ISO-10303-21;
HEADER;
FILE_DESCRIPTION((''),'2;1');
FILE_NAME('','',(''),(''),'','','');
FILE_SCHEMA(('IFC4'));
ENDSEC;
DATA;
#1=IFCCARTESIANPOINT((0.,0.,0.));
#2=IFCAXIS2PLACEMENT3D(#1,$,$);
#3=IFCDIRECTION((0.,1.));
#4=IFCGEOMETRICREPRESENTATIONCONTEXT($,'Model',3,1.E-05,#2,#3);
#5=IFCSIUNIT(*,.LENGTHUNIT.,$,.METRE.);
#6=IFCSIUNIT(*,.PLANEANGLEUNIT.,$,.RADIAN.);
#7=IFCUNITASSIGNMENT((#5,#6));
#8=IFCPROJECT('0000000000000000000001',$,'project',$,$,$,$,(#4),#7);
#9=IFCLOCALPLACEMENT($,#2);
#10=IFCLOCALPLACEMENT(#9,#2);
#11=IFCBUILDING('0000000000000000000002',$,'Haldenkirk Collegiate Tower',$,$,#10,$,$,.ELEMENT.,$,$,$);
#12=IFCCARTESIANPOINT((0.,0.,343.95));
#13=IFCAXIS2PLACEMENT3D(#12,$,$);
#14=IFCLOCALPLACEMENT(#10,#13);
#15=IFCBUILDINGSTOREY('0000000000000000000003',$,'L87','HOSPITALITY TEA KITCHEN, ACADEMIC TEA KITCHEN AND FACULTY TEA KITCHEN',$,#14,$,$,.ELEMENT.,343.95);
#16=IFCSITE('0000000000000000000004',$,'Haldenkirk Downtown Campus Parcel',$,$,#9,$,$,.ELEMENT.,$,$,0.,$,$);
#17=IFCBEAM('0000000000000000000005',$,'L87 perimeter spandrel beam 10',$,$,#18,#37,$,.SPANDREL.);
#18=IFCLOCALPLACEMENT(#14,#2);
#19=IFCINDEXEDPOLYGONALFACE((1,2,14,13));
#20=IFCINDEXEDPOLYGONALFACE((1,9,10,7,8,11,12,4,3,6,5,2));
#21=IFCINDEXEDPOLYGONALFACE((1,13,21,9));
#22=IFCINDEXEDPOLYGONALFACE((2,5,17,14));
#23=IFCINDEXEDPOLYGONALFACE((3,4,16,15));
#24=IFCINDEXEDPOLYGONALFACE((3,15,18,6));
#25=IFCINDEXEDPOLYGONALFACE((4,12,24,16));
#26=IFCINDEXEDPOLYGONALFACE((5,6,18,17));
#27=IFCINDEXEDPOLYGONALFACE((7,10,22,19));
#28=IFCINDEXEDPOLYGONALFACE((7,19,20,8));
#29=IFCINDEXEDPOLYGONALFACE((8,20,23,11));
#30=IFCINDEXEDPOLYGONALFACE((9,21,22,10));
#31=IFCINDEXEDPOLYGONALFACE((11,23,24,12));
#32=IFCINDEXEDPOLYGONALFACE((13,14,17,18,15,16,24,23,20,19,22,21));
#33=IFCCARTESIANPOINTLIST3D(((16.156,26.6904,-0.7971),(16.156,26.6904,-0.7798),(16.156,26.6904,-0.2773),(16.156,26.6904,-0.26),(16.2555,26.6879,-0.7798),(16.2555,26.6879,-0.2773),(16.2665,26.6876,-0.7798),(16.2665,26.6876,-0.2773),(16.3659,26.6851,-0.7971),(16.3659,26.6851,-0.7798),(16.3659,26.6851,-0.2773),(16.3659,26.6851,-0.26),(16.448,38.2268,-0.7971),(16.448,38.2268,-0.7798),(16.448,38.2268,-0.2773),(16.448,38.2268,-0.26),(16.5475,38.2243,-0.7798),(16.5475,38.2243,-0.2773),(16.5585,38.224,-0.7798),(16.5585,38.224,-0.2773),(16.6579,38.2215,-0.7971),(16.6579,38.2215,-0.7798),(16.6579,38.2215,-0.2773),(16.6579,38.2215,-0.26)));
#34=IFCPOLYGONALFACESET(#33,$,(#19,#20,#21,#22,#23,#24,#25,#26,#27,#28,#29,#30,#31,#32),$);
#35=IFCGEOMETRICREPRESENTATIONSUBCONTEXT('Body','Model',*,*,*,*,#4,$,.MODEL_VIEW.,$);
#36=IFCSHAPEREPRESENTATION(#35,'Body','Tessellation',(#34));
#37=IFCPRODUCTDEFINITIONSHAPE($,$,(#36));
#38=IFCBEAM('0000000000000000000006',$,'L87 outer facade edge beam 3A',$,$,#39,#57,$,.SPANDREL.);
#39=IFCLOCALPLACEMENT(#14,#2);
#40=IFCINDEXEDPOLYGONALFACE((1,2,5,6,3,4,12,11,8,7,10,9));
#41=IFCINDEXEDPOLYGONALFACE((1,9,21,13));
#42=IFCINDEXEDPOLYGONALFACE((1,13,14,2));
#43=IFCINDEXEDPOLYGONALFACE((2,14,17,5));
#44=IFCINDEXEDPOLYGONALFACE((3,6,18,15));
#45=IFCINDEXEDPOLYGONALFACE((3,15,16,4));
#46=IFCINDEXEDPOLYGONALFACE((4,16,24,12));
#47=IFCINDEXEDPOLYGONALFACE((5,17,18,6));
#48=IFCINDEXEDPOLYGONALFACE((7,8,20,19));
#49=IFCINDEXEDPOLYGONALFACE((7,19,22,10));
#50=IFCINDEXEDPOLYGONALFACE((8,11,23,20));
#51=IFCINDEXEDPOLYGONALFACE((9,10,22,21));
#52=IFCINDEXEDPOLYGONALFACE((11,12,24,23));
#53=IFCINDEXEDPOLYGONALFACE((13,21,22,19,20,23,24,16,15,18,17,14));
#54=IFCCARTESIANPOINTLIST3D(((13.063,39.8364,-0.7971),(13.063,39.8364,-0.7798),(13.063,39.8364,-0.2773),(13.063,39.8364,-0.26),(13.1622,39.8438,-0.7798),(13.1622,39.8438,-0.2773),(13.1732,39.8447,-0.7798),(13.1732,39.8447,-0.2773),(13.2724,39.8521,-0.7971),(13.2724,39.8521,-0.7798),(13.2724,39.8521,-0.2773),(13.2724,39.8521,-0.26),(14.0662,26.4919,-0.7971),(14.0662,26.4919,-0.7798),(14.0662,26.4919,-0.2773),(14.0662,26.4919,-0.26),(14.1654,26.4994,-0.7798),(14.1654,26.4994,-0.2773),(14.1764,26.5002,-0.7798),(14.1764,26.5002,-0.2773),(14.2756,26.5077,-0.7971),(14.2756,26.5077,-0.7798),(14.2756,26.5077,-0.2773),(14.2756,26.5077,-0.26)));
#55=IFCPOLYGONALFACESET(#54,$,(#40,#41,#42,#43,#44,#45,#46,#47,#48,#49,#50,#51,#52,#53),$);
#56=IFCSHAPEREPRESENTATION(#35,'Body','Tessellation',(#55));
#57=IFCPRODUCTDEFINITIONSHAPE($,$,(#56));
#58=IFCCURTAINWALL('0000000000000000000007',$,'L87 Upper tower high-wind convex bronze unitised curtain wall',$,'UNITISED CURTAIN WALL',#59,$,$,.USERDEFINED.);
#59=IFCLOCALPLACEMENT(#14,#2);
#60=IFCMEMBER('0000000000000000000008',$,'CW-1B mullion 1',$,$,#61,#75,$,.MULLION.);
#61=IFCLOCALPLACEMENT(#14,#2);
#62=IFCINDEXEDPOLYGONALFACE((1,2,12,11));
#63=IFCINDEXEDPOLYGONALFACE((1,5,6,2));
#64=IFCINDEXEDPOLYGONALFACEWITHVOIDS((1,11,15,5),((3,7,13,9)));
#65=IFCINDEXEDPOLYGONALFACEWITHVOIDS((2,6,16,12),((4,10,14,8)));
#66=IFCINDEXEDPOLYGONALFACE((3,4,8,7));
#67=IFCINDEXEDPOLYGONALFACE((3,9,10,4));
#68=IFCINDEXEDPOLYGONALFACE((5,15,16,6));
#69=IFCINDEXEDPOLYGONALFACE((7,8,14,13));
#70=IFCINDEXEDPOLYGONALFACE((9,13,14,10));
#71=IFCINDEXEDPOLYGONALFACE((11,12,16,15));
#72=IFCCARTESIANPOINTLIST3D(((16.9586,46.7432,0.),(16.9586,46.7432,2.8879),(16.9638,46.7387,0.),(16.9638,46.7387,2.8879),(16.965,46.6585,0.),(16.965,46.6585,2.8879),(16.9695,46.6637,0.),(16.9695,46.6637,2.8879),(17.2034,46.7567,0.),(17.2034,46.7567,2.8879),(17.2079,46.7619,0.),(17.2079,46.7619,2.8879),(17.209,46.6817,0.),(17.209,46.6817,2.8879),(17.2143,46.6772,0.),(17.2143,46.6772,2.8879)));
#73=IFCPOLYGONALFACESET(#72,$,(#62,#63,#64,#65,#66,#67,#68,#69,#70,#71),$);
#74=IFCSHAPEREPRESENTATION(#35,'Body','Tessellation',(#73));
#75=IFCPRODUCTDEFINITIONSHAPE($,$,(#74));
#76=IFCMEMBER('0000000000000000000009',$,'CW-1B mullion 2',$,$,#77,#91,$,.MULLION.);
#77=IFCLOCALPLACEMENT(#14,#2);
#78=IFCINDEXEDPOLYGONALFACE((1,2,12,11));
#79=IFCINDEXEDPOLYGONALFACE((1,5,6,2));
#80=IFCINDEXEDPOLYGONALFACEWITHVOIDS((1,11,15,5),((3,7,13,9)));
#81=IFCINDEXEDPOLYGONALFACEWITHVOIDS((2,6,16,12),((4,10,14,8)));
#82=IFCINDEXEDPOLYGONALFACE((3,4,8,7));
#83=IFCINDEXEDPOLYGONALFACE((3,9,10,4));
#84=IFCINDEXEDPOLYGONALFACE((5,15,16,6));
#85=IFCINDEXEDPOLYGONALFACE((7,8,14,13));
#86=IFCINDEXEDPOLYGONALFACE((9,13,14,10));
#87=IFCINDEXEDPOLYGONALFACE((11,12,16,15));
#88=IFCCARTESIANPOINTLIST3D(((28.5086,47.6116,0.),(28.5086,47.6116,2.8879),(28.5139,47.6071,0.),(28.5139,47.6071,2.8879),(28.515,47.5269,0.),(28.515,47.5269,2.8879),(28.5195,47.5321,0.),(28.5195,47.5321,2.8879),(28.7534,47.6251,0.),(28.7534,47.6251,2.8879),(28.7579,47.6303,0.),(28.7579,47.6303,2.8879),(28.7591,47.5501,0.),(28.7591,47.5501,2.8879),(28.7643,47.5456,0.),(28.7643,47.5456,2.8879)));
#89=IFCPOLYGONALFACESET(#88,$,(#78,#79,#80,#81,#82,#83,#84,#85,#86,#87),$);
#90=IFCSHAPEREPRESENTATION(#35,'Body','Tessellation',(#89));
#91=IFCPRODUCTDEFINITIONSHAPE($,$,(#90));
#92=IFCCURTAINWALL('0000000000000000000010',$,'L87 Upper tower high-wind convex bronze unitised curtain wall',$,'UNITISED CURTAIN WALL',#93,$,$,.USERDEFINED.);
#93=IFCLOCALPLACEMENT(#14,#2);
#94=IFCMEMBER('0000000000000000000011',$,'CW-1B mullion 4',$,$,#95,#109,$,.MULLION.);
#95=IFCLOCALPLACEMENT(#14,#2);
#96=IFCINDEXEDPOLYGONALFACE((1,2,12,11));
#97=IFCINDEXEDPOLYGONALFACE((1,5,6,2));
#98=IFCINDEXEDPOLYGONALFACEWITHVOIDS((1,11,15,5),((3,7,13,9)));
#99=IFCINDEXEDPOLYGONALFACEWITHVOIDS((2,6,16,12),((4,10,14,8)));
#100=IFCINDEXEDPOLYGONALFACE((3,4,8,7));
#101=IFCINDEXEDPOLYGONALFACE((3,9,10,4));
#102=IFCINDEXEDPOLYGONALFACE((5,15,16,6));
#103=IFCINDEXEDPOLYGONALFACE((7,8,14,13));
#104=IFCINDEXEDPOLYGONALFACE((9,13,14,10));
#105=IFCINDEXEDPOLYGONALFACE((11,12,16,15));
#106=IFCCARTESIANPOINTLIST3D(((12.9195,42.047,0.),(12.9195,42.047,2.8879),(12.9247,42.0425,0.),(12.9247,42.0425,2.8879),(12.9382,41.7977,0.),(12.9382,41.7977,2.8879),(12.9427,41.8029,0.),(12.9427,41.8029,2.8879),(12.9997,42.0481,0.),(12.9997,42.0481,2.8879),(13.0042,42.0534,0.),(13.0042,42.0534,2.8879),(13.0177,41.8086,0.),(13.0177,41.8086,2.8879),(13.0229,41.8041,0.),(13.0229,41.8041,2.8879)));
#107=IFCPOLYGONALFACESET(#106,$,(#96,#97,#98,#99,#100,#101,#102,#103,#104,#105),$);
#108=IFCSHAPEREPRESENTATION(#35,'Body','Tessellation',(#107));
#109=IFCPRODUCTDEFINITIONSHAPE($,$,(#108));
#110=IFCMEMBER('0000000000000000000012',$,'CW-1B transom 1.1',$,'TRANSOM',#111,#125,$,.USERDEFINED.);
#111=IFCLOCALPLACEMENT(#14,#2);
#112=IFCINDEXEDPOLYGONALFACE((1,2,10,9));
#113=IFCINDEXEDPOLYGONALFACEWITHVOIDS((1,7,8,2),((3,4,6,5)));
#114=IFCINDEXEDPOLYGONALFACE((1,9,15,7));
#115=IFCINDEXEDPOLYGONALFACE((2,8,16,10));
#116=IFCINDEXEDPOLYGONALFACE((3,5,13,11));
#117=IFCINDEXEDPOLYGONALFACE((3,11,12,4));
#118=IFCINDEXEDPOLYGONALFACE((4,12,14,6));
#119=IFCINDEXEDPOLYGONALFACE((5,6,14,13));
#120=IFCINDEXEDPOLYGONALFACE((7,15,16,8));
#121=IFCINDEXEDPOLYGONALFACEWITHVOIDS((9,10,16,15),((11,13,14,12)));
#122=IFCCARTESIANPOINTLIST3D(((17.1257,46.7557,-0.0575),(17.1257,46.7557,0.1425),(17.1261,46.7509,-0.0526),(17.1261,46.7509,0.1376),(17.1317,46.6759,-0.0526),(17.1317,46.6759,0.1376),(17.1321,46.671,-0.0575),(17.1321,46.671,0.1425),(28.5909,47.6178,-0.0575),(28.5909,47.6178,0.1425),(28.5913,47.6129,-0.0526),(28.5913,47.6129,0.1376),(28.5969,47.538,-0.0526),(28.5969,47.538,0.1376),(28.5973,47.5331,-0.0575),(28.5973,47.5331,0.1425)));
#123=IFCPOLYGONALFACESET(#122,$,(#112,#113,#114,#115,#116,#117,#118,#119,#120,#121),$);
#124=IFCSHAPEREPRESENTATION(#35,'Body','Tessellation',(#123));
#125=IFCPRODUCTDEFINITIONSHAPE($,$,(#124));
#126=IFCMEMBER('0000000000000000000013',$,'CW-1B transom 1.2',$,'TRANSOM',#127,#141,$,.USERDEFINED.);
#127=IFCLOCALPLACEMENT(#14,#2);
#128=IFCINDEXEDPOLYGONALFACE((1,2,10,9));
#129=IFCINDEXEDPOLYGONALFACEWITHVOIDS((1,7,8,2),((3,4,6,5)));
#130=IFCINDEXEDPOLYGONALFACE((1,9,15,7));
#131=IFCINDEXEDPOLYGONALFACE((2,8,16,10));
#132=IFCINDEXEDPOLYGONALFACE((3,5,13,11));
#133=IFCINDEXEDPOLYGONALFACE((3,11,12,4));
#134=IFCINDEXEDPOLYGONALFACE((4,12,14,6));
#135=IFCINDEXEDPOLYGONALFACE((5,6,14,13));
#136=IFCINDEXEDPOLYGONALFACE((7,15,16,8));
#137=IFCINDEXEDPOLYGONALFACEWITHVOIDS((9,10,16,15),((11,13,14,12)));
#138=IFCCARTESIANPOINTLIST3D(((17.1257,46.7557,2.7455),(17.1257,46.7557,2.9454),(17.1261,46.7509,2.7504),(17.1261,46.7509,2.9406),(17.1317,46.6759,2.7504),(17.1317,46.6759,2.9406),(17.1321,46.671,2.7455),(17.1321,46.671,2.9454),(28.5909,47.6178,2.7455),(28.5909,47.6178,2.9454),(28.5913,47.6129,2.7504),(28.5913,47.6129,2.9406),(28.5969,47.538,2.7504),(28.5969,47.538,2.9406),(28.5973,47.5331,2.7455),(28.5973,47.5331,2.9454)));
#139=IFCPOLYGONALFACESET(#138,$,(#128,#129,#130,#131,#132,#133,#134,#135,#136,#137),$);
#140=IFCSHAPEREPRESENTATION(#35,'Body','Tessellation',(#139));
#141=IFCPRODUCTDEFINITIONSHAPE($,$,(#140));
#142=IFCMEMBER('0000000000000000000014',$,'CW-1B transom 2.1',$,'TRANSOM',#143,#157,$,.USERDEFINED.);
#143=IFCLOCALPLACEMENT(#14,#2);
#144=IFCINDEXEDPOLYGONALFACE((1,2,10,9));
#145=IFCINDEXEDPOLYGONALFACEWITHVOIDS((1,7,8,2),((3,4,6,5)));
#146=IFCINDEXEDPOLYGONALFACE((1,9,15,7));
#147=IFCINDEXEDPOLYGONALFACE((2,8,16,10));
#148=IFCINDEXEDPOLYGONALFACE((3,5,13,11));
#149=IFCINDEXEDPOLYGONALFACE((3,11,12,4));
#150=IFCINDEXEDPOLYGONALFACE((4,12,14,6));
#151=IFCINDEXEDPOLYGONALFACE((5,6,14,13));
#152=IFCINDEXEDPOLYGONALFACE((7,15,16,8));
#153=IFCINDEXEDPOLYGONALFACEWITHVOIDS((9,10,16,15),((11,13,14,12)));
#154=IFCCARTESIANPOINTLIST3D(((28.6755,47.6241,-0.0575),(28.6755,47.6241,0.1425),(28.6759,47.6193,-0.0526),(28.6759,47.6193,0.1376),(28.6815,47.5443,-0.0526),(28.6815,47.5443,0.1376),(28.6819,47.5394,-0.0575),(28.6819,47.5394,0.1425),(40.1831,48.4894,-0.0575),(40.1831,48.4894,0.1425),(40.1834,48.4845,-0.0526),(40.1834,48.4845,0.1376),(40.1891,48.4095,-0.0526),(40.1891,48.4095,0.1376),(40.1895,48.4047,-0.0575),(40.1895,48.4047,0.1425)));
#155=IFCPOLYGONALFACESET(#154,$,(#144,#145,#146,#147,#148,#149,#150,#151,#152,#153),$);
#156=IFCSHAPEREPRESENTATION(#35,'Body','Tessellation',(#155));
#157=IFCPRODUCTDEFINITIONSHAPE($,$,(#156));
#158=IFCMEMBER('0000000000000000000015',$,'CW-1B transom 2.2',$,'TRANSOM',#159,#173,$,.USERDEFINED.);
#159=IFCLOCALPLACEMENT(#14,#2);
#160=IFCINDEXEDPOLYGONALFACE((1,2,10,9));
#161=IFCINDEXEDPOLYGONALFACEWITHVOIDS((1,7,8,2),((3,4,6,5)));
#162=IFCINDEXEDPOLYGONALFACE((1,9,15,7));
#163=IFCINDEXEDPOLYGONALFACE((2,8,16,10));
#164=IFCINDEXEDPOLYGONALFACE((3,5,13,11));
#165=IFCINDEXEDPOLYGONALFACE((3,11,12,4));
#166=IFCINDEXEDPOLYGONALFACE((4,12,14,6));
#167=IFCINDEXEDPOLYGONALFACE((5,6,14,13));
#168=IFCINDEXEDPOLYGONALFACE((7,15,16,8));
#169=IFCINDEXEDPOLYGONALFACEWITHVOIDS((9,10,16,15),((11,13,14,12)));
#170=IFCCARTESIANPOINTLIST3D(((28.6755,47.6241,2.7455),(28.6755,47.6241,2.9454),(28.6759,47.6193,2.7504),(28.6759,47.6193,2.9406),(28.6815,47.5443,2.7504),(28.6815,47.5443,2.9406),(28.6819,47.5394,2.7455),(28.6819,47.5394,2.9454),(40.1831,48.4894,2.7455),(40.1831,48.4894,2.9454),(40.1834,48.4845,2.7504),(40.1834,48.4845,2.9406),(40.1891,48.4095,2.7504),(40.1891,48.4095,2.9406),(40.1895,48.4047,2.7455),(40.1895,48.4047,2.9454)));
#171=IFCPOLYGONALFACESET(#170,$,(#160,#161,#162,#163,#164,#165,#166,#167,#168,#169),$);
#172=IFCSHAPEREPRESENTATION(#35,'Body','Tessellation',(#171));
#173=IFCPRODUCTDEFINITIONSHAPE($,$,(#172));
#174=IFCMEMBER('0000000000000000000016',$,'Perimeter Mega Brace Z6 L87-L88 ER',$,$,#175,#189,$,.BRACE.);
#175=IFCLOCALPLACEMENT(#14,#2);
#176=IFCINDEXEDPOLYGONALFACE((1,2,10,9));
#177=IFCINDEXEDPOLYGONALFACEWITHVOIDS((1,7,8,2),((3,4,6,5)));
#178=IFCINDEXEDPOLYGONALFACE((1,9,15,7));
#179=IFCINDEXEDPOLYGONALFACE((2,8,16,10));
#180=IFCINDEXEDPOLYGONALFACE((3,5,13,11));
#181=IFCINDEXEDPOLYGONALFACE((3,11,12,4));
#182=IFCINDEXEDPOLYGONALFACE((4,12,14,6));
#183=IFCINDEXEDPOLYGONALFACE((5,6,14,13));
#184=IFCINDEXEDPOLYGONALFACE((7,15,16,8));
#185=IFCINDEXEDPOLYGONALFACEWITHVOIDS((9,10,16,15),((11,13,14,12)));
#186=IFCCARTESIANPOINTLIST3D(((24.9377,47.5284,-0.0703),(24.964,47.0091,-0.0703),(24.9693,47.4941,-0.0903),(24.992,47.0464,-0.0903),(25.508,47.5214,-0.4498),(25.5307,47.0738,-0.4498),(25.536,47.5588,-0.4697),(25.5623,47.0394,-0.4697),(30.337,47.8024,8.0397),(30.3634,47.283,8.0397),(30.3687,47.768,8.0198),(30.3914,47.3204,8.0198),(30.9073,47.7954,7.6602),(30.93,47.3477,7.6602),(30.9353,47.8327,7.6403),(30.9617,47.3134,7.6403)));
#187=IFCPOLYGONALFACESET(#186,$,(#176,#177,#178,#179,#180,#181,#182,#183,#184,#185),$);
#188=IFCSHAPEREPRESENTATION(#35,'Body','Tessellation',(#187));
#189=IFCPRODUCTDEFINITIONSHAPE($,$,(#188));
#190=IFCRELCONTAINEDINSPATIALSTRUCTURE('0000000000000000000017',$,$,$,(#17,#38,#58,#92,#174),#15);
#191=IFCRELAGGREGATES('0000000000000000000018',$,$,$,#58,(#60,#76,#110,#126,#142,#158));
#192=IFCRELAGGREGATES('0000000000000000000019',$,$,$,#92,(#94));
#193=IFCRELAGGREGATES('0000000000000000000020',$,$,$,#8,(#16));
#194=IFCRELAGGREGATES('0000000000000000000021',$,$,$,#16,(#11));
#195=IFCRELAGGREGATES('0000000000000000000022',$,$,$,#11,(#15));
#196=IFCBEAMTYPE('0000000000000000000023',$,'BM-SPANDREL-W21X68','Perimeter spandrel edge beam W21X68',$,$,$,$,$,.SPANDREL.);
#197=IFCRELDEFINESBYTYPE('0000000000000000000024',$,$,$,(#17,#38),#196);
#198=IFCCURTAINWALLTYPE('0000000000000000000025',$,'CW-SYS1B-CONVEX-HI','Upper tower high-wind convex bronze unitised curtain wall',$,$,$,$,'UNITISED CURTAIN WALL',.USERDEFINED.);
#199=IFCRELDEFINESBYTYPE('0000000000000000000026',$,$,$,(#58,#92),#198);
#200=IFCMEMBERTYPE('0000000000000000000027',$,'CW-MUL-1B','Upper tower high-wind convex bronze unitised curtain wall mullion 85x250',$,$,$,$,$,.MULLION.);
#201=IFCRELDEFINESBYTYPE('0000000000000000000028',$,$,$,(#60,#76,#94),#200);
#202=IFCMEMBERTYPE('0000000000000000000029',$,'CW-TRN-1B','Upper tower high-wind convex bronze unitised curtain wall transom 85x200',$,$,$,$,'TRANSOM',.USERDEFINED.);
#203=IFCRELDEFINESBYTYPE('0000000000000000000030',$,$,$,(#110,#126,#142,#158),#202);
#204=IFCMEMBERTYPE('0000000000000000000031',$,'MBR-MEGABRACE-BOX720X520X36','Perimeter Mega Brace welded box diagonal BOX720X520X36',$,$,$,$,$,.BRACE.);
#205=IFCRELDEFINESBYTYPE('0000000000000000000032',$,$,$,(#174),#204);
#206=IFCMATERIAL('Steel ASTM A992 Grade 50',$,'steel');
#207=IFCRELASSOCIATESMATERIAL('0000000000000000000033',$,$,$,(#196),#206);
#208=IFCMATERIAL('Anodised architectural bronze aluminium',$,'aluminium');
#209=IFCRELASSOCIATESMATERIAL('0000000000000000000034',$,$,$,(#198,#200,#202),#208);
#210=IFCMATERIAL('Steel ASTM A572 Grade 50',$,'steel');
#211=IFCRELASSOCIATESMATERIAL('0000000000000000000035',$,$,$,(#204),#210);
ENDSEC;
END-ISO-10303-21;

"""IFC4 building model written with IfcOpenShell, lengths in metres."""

from ifc_helpers import new_model, si_unit, direction, frame, origin, origin_2d, place, context, subcontext, project, spatial, hollow_rectangle, i_section, extrude, material, material_profile, profile_set, type_object, element, aggregate, save


model = new_model("IFC4")

# Units and contexts
model_context = context("Model", 3, precision=1e-05, world=origin(), true_north=direction((0.0, 1.0)))
body_context = subcontext(model_context, "Body", "Model", "MODEL_VIEW")
ifc_project = project(units=[si_unit("LENGTHUNIT", "METRE"), si_unit("PLANEANGLEUNIT", "RADIAN")], contexts=[model_context])

# Site, building, storey
site_placement = place(None, origin())
site = spatial("IfcSite", under=ifc_project, at=site_placement, Name="Haldenkirk Downtown Campus Parcel", CompositionType="ELEMENT", RefElevation=0.0)
building_placement = place(site_placement, origin())
building = spatial("IfcBuilding", under=site, at=building_placement, Name="Haldenkirk Collegiate Tower", CompositionType="ELEMENT")
storey_placement = place(building_placement, frame((0.0, 0.0, 343.95)))
storey = spatial("IfcBuildingStorey", under=building, at=storey_placement, Name="L87", Description="HOSPITALITY TEA KITCHEN, ACADEMIC TEA KITCHEN AND FACULTY TEA KITCHEN", CompositionType="ELEMENT", Elevation=343.95)

# Shared definitions
ifc_material_1 = material(Name="Steel ASTM A572 Grade 50", Category="steel")

# Beams
ifc_material_2 = material(Name="Steel ASTM A992 Grade 50", Category="steel")
ifc_material_profile_1 = material_profile(ifc_material_2, i_section(OverallWidth=0.21, OverallDepth=0.5371, WebThickness=0.011, FlangeThickness=0.0173, at=origin_2d()), Name="W21X68")
ifc_profile_set_1 = profile_set([ifc_material_profile_1], Name="Steel ASTM A992 Grade 50")
beam_type_1 = type_object("IfcBeamType", Name="BM-SPANDREL-W21X68", Description="Perimeter spandrel edge beam W21X68", PredefinedType="SPANDREL", material=ifc_profile_set_1)
beam_1_placement = place(storey_placement, frame((16.553, 38.2241, -0.5286), z_axis=(-0.025302, -0.99968, 0.0), x_axis=(0.99968, -0.025302, 0.0)))
element("IfcBeam", 1, at=beam_1_placement, inside=storey, type_object=beam_type_1, Name="L87 perimeter spandrel beam 10", PredefinedType="SPANDREL", context=body_context, shape_type="SweptSolid", body=[
    extrude(i_section(OverallWidth=0.21, OverallDepth=0.5371, WebThickness=0.011, FlangeThickness=0.0173, at=origin_2d()), origin(), (0.0, 0.0, 1.0), 11.54),
])
beam_2_placement = place(storey_placement, frame((13.1677, 39.8442, -0.5286), z_axis=(0.074964, -0.997186, 0.0), x_axis=(0.997186, 0.074964, 0.0)))
element("IfcBeam", 2, at=beam_2_placement, inside=storey, type_object=beam_type_1, Name="L87 outer facade edge beam 3A", PredefinedType="SPANDREL", context=body_context, shape_type="SweptSolid", body=[
    extrude(i_section(OverallWidth=0.21, OverallDepth=0.5371, WebThickness=0.011, FlangeThickness=0.0173, at=origin_2d()), origin(), (0.0, 0.0, 1.0), 13.3821),
])

# Curtain wall, members
ifc_material_3 = material(Name="Anodised architectural bronze aluminium", Category="aluminium")
curtain_wall_type = type_object("IfcCurtainWallType", Name="CW-SYS1B-CONVEX-HI", Description="Upper tower high-wind convex bronze unitised curtain wall", ElementType="UNITISED CURTAIN WALL", PredefinedType="USERDEFINED", material=ifc_material_3)
curtain_wall_1_placement = place(storey_placement, origin())
curtain_wall_1 = element("IfcCurtainWall", 3, at=curtain_wall_1_placement, inside=storey, type_object=curtain_wall_type, Name="L87 Upper tower high-wind convex bronze unitised curtain wall", ObjectType="UNITISED CURTAIN WALL", PredefinedType="USERDEFINED")
ifc_material_profile_2 = material_profile(ifc_material_3, hollow_rectangle(XDim=0.085, YDim=0.25, WallThickness=0.0049, at=origin_2d()), Name="CW-MUL-1B")
ifc_profile_set_2 = profile_set([ifc_material_profile_2], Name="Anodised architectural bronze aluminium")
member_type_1 = type_object("IfcMemberType", Name="CW-MUL-1B", Description="Upper tower high-wind convex bronze unitised curtain wall mullion 85x250", PredefinedType="MULLION", material=ifc_profile_set_2)
member_1_placement = place(storey_placement, frame((17.0864, 46.7102, 0.0), z_axis=(0.0, 0.0, 1.0), x_axis=(-0.074979, 0.997185, 0.0)))
member_1 = element("IfcMember", 4, at=member_1_placement, type_object=member_type_1, Name="CW-1B mullion 1", PredefinedType="MULLION", context=body_context, shape_type="SweptSolid", body=[
    extrude(hollow_rectangle(XDim=0.085, YDim=0.25, WallThickness=0.0049, at=origin_2d()), origin(), (0.0, 0.0, 1.0), 2.8879),
])
member_2_placement = place(storey_placement, frame((28.6365, 47.5786, 0.0), z_axis=(0.0, 0.0, 1.0), x_axis=(-0.074979, 0.997185, 0.0)))
member_2 = element("IfcMember", 5, at=member_2_placement, type_object=member_type_1, Name="CW-1B mullion 2", PredefinedType="MULLION", context=body_context, shape_type="SweptSolid", body=[
    extrude(hollow_rectangle(XDim=0.085, YDim=0.25, WallThickness=0.0049, at=origin_2d()), origin(), (0.0, 0.0, 1.0), 2.8879),
])

# Curtain wall, member
curtain_wall_2_placement = place(storey_placement, origin())
curtain_wall_2 = element("IfcCurtainWall", 6, at=curtain_wall_2_placement, inside=storey, type_object=curtain_wall_type, Name="L87 Upper tower high-wind convex bronze unitised curtain wall", ObjectType="UNITISED CURTAIN WALL", PredefinedType="USERDEFINED")
member_3_placement = place(storey_placement, frame((12.9712, 41.9255, 0.0), z_axis=(0.0, 0.0, 1.0), x_axis=(-0.997185, -0.074977, 0.0)))
member_3 = element("IfcMember", 7, at=member_3_placement, type_object=member_type_1, Name="CW-1B mullion 4", PredefinedType="MULLION", context=body_context, shape_type="SweptSolid", body=[
    extrude(hollow_rectangle(XDim=0.085, YDim=0.25, WallThickness=0.0049, at=origin_2d()), origin(), (0.0, 0.0, 1.0), 2.8879),
])

# Members
ifc_material_profile_3 = material_profile(ifc_material_3, hollow_rectangle(XDim=0.085, YDim=0.2, WallThickness=0.0049, at=origin_2d()), Name="CW-TRN-1B")
ifc_profile_set_3 = profile_set([ifc_material_profile_3], Name="Anodised architectural bronze aluminium")
member_type_2 = type_object("IfcMemberType", Name="CW-TRN-1B", Description="Upper tower high-wind convex bronze unitised curtain wall transom 85x200", ElementType="TRANSOM", PredefinedType="USERDEFINED", material=ifc_profile_set_3)
member_4_placement = place(storey_placement, frame((17.1289, 46.7134, 0.0425), z_axis=(0.997185, 0.074978, 0.0), x_axis=(-0.074978, 0.997185, 0.0)))
member_4 = element("IfcMember", 8, at=member_4_placement, type_object=member_type_2, Name="CW-1B transom 1.1", ObjectType="TRANSOM", PredefinedType="USERDEFINED", context=body_context, shape_type="SweptSolid", body=[
    extrude(hollow_rectangle(XDim=0.085, YDim=0.2, WallThickness=0.0049, at=origin_2d()), origin(), (0.0, 0.0, 1.0), 11.4976),
])
member_5_placement = place(storey_placement, frame((17.1289, 46.7134, 2.8455), z_axis=(0.997185, 0.074978, 0.0), x_axis=(-0.074978, 0.997185, 0.0)))
member_5 = element("IfcMember", 9, at=member_5_placement, type_object=member_type_2, Name="CW-1B transom 1.2", ObjectType="TRANSOM", PredefinedType="USERDEFINED", context=body_context, shape_type="SweptSolid", body=[
    extrude(hollow_rectangle(XDim=0.085, YDim=0.2, WallThickness=0.0049, at=origin_2d()), origin(), (0.0, 0.0, 1.0), 11.4976),
])
member_6_placement = place(storey_placement, frame((28.6787, 47.5818, 0.0425), z_axis=(0.997185, 0.074977, 0.0), x_axis=(-0.074977, 0.997185, 0.0)))
member_6 = element("IfcMember", 10, at=member_6_placement, type_object=member_type_2, Name="CW-1B transom 2.1", ObjectType="TRANSOM", PredefinedType="USERDEFINED", context=body_context, shape_type="SweptSolid", body=[
    extrude(hollow_rectangle(XDim=0.085, YDim=0.2, WallThickness=0.0049, at=origin_2d()), origin(), (0.0, 0.0, 1.0), 11.54),
])
member_7_placement = place(storey_placement, frame((28.6787, 47.5818, 2.8455), z_axis=(0.997185, 0.074977, 0.0), x_axis=(-0.074977, 0.997185, 0.0)))
member_7 = element("IfcMember", 11, at=member_7_placement, type_object=member_type_2, Name="CW-1B transom 2.2", ObjectType="TRANSOM", PredefinedType="USERDEFINED", context=body_context, shape_type="SweptSolid", body=[
    extrude(hollow_rectangle(XDim=0.085, YDim=0.2, WallThickness=0.0049, at=origin_2d()), origin(), (0.0, 0.0, 1.0), 11.54),
])

# Member
ifc_material_profile_4 = material_profile(ifc_material_1, hollow_rectangle(XDim=0.52, YDim=0.72, WallThickness=0.0359, at=origin_2d()), Name="BOX720X520X36")
ifc_profile_set_4 = profile_set([ifc_material_profile_4], Name="Steel ASTM A572 Grade 50")
member_type_3 = type_object("IfcMemberType", Name="MBR-MEGABRACE-BOX720X520X36", Description="Perimeter Mega Brace welded box diagonal BOX720X520X36", PredefinedType="BRACE", material=ifc_profile_set_4)
member_8_placement = place(storey_placement, frame((25.25, 47.2839, -0.27), z_axis=(0.553961, 0.028104, 0.832068), x_axis=(-0.050667, 0.998716, 0.0)))
element("IfcMember", 12, at=member_8_placement, inside=storey, type_object=member_type_3, Name="Perimeter Mega Brace Z6 L87-L88 ER", PredefinedType="BRACE", context=body_context, shape_type="SweptSolid", body=[
    extrude(hollow_rectangle(XDim=0.52, YDim=0.72, WallThickness=0.0359, at=origin_2d()), origin(), (0.0, 0.0, 1.0), 9.7468),
])

aggregate(curtain_wall_1, [member_1, member_2, member_4, member_5, member_6, member_7])
aggregate(curtain_wall_2, [member_3])

save(model, "model.ifc")
